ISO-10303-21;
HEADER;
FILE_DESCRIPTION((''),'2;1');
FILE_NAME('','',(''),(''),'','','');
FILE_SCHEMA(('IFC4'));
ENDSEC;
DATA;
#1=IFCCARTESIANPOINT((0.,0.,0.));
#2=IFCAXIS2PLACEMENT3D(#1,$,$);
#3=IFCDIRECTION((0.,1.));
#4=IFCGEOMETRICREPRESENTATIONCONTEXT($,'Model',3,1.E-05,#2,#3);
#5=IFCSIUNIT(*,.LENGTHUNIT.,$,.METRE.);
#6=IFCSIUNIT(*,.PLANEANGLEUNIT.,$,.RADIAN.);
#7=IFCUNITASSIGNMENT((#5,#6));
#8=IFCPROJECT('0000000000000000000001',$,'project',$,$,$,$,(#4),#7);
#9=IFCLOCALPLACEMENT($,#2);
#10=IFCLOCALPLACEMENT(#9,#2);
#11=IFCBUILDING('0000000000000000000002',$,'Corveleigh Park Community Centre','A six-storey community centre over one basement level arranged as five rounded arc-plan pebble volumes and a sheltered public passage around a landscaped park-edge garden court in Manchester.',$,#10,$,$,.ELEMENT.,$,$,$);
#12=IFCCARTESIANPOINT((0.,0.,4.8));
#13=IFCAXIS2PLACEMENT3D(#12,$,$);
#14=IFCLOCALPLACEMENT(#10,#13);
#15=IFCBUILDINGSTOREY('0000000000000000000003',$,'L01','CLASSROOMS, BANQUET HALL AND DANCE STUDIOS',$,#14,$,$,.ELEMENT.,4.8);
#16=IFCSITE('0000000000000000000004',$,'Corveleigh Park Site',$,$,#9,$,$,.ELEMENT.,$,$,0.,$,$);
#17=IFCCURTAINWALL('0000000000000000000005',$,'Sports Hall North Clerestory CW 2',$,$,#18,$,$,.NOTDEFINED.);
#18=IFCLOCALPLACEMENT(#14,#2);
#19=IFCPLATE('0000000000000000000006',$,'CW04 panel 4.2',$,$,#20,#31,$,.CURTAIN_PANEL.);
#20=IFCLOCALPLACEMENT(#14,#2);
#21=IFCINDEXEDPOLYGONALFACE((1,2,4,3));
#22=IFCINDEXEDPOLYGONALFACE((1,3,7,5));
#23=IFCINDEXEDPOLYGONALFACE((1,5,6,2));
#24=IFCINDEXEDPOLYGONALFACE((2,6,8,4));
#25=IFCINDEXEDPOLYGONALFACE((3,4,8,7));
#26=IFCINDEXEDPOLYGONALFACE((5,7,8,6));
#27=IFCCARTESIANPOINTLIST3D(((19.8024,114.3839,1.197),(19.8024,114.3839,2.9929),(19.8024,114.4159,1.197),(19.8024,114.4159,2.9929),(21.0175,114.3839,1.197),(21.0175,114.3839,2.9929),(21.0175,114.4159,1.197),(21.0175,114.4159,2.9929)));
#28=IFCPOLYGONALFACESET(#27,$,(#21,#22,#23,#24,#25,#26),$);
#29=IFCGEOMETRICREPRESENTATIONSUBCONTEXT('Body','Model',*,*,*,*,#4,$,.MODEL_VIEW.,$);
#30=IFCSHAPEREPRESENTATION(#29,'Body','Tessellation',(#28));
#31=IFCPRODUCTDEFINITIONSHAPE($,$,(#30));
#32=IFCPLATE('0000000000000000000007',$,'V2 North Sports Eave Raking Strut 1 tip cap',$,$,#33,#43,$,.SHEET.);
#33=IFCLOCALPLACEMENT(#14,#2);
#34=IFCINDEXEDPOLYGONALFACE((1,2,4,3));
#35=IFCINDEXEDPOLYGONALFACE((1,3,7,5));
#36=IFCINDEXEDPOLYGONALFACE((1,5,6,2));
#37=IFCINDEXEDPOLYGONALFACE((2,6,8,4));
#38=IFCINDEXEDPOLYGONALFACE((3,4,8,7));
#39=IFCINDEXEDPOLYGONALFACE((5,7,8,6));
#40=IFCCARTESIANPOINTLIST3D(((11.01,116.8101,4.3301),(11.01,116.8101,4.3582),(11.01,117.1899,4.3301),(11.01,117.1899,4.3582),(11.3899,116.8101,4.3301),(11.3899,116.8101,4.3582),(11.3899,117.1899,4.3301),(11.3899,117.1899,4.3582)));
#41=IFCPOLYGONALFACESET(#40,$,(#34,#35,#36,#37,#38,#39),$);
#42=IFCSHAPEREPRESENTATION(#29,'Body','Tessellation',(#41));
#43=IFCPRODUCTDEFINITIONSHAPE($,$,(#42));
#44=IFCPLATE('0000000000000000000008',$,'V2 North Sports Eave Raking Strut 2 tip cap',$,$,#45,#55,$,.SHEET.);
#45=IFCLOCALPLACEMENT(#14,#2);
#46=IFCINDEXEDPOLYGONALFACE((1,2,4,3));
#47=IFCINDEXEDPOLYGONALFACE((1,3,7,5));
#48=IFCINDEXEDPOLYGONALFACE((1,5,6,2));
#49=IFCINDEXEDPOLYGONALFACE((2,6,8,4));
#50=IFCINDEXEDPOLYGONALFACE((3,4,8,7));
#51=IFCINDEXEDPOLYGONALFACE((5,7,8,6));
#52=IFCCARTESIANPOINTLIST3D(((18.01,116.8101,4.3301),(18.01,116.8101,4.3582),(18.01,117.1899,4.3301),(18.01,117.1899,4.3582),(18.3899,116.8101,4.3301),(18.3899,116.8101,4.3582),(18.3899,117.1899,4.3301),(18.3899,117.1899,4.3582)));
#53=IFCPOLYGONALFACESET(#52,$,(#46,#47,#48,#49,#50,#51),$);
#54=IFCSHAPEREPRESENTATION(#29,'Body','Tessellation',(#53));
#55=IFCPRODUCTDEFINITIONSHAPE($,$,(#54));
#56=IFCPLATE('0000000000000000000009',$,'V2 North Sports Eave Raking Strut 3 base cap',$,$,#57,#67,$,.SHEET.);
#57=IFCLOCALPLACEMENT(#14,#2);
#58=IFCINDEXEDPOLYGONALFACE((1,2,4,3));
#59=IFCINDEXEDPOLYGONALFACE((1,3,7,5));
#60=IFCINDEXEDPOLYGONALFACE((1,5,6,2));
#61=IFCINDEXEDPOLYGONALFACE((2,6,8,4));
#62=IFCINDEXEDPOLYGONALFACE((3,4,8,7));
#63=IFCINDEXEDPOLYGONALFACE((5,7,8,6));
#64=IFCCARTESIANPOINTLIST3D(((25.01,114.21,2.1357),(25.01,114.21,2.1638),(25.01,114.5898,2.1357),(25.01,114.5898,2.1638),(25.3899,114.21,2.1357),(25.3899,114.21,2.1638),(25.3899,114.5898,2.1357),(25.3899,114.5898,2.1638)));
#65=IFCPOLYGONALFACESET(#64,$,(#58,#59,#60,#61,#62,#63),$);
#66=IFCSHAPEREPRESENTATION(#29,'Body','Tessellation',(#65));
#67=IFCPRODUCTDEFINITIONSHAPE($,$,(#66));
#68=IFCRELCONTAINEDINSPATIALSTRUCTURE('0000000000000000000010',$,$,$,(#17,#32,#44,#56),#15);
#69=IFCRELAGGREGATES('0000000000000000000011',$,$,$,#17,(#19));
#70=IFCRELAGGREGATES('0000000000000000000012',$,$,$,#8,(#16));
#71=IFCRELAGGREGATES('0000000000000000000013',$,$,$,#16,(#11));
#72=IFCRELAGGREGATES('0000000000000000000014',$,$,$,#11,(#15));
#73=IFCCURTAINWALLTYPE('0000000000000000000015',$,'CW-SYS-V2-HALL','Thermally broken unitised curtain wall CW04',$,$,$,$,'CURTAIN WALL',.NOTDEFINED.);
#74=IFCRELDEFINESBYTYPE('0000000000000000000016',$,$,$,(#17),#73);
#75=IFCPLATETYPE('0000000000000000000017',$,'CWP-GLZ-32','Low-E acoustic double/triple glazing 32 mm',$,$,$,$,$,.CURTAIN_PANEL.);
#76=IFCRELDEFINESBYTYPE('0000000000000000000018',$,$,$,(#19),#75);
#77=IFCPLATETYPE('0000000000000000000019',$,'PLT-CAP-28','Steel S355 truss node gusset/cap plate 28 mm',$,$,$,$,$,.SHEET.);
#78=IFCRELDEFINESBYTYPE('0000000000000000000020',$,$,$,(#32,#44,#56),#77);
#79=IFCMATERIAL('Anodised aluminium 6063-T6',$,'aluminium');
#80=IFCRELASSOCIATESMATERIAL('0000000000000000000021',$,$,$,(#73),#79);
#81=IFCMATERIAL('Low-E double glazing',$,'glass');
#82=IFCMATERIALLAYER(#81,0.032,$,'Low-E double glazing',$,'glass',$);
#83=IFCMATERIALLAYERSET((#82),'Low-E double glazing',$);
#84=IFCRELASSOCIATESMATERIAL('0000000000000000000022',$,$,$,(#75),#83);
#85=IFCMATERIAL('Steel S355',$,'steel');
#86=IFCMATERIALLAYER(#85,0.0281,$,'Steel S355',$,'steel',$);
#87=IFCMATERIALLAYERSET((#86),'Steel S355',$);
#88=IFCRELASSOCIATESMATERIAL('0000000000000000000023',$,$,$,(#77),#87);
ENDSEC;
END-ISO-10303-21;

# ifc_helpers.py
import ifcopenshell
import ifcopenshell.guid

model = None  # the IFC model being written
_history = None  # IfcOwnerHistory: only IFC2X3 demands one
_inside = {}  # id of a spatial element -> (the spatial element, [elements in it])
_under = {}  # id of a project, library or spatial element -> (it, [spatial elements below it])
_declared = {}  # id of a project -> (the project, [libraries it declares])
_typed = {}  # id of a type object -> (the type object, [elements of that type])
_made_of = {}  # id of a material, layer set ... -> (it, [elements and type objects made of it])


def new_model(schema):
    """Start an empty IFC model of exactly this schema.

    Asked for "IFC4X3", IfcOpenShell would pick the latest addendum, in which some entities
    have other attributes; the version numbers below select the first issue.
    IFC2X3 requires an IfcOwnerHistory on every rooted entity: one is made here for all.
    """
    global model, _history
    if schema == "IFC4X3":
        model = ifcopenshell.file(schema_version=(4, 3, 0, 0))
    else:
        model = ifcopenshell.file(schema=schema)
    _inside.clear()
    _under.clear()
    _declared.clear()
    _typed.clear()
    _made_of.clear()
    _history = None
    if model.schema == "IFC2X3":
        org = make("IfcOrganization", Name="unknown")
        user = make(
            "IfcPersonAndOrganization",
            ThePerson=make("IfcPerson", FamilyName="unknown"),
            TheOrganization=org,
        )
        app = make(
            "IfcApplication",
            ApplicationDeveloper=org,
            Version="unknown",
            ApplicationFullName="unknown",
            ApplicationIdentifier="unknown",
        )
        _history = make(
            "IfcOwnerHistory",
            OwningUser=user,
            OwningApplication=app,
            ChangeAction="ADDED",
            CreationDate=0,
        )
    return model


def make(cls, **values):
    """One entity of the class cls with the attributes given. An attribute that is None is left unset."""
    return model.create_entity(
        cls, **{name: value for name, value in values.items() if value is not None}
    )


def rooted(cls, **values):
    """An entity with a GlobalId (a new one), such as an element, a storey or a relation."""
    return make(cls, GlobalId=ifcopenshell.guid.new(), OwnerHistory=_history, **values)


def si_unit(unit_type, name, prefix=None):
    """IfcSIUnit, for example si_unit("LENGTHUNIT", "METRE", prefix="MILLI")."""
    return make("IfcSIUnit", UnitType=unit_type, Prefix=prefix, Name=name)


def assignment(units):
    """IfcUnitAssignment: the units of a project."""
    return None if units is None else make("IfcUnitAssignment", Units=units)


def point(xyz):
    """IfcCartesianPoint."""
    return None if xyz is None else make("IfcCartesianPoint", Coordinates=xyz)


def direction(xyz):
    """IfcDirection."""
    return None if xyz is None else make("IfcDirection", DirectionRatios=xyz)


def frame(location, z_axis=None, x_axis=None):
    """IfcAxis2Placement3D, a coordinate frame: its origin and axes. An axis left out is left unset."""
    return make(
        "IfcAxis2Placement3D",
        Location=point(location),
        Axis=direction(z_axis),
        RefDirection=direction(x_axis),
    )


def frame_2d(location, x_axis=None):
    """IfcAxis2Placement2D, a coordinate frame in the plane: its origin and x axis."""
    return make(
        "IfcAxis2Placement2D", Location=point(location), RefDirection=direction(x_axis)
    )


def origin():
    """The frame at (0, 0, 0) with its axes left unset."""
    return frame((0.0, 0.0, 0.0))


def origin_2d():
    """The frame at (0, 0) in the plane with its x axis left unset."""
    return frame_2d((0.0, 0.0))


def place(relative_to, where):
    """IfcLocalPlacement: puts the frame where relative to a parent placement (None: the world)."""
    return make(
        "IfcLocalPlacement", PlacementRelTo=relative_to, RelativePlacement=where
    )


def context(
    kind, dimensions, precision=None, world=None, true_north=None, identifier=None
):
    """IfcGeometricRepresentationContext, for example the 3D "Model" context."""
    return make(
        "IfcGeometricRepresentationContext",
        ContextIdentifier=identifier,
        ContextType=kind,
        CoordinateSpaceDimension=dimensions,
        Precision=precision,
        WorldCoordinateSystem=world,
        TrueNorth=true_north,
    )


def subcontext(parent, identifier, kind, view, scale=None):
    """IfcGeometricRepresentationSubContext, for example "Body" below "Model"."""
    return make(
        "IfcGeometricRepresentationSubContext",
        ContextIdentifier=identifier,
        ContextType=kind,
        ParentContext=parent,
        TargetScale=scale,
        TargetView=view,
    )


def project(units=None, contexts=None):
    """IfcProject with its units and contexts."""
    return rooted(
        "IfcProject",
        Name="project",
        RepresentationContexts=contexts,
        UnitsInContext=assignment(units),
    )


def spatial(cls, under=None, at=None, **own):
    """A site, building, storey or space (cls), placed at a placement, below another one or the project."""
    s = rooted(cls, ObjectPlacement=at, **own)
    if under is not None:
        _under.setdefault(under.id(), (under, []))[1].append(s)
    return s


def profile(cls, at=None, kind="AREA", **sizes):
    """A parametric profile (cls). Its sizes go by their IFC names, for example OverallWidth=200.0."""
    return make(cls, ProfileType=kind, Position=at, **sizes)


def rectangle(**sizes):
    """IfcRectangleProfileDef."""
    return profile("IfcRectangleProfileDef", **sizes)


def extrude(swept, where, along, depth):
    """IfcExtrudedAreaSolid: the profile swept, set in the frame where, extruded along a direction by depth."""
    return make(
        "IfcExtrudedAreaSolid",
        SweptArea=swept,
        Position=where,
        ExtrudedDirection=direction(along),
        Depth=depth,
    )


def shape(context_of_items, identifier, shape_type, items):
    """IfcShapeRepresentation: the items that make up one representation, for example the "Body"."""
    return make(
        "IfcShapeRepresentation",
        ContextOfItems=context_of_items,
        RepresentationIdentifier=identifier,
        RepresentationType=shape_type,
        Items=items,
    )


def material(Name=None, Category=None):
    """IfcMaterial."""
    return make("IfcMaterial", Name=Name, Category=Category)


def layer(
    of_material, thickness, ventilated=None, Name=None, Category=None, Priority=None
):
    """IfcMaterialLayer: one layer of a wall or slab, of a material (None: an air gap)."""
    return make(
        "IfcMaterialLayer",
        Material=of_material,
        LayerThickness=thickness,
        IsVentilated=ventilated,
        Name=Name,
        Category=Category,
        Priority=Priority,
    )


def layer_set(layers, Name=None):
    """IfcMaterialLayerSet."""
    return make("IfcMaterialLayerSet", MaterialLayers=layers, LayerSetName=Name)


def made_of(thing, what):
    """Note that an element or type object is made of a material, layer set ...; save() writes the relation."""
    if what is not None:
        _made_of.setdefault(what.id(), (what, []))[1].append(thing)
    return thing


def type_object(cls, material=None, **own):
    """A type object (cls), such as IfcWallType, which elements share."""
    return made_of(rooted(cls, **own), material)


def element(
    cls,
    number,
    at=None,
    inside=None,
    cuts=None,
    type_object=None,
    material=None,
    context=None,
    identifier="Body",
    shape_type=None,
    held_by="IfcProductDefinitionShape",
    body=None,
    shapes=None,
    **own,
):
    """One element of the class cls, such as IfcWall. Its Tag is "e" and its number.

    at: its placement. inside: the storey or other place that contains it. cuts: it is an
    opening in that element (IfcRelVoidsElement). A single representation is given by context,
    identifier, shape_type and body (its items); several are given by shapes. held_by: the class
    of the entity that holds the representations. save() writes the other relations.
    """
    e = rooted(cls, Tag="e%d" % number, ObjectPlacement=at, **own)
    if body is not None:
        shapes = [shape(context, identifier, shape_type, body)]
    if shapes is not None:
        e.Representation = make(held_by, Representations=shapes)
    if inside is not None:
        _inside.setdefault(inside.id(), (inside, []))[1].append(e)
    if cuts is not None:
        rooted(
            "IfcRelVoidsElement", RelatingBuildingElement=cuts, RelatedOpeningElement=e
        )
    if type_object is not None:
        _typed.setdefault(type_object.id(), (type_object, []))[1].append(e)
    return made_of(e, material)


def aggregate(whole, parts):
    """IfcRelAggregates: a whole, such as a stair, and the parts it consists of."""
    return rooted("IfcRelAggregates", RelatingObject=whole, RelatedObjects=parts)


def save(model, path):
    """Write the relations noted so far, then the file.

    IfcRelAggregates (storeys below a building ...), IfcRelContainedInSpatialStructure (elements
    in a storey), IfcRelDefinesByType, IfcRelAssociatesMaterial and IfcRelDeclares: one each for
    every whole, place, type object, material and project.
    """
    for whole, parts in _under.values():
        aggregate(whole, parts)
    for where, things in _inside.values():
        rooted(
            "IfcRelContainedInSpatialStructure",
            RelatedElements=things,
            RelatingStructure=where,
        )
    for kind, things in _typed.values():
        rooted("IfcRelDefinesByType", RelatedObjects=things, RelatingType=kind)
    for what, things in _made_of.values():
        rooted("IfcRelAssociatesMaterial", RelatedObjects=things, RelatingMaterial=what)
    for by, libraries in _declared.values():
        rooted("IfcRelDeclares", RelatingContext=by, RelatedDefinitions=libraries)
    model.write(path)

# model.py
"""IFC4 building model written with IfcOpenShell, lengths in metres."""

from ifc_helpers import new_model, si_unit, direction, frame, origin, origin_2d, place, context, subcontext, project, spatial, rectangle, extrude, material, layer, layer_set, type_object, element, aggregate, save


model = new_model("IFC4")

# Units and contexts
model_context = context("Model", 3, precision=1e-05, world=origin(), true_north=direction((0.0, 1.0)))
body_context = subcontext(model_context, "Body", "Model", "MODEL_VIEW")
ifc_project = project(units=[si_unit("LENGTHUNIT", "METRE"), si_unit("PLANEANGLEUNIT", "RADIAN")], contexts=[model_context])

# Site, building, storey
site_placement = place(None, origin())
site = spatial("IfcSite", under=ifc_project, at=site_placement, Name="Corveleigh Park Site", CompositionType="ELEMENT", RefElevation=0.0)
building_placement = place(site_placement, origin())
building = spatial("IfcBuilding", under=site, at=building_placement, Name="Corveleigh Park Community Centre", Description="A six-storey community centre over one basement level arranged as five rounded arc-plan pebble volumes and a sheltered public passage around a landscaped park-edge garden court in Manchester.", CompositionType="ELEMENT")
storey_placement = place(building_placement, frame((0.0, 0.0, 4.8)))
storey = spatial("IfcBuildingStorey", under=building, at=storey_placement, Name="L01", Description="CLASSROOMS, BANQUET HALL AND DANCE STUDIOS", CompositionType="ELEMENT", Elevation=4.8)

# Curtain wall
ifc_material_1 = material(Name="Anodised aluminium 6063-T6", Category="aluminium")
curtain_wall_type = type_object("IfcCurtainWallType", Name="CW-SYS-V2-HALL", Description="Thermally broken unitised curtain wall CW04", ElementType="CURTAIN WALL", PredefinedType="NOTDEFINED", material=ifc_material_1)
curtain_wall_placement = place(storey_placement, origin())
curtain_wall = element("IfcCurtainWall", 1, at=curtain_wall_placement, inside=storey, type_object=curtain_wall_type, Name="Sports Hall North Clerestory CW 2", PredefinedType="NOTDEFINED")

# Shared definitions
ifc_material_2 = material(Name="Steel S355", Category="steel")

# Plate
ifc_material_3 = material(Name="Low-E double glazing", Category="glass")
ifc_layer_1 = layer(ifc_material_3, 0.032, Name="Low-E double glazing", Category="glass")
ifc_layer_set_1 = layer_set([ifc_layer_1], Name="Low-E double glazing")
plate_type_1 = type_object("IfcPlateType", Name="CWP-GLZ-32", Description="Low-E acoustic double/triple glazing 32 mm", PredefinedType="CURTAIN_PANEL", material=ifc_layer_set_1)
plate_1_placement = place(storey_placement, frame((20.4099, 114.3999, 1.197), z_axis=(0.0, 0.0, 1.0), x_axis=(-1.0, 0.0, 0.0)))
plate_1 = element("IfcPlate", 2, at=plate_1_placement, type_object=plate_type_1, Name="CW04 panel 4.2", PredefinedType="CURTAIN_PANEL", context=body_context, shape_type="SweptSolid", body=[
    extrude(rectangle(XDim=1.2151, YDim=0.032, at=origin_2d()), origin(), (0.0, 0.0, 1.0), 1.7959),
])
aggregate(curtain_wall, [plate_1])

# Plates
ifc_layer_2 = layer(ifc_material_2, 0.0281, Name="Steel S355", Category="steel")
ifc_layer_set_2 = layer_set([ifc_layer_2], Name="Steel S355")
plate_type_2 = type_object("IfcPlateType", Name="PLT-CAP-28", Description="Steel S355 truss node gusset/cap plate 28 mm", PredefinedType="SHEET", material=ifc_layer_set_2)
for number, where, z_axis, x_axis, name in (
    (3, (11.2, 117.0, 4.3301), (0.0, 0.0, 1.0), (1.0, 0.0, 0.0), "V2 North Sports Eave Raking Strut 1 tip cap"),
    (4, (18.2, 117.0, 4.3301), (0.0, 0.0, 1.0), (1.0, 0.0, 0.0), "V2 North Sports Eave Raking Strut 2 tip cap"),
    (5, (25.2, 114.3999, 2.1357), (0.0, 0.0, 1.0), (1.0, 0.0, 0.0), "V2 North Sports Eave Raking Strut 3 base cap"),
):
    element("IfcPlate", number, at=place(storey_placement, frame(where, z_axis=z_axis, x_axis=x_axis)), inside=storey, type_object=plate_type_2, Name=name, PredefinedType="SHEET", context=body_context, shape_type="SweptSolid", body=[
        extrude(rectangle(XDim=0.3799, YDim=0.3799, at=origin_2d()), origin(), (0.0, 0.0, 1.0), 0.0281),
    ])

save(model, "model.ifc")
